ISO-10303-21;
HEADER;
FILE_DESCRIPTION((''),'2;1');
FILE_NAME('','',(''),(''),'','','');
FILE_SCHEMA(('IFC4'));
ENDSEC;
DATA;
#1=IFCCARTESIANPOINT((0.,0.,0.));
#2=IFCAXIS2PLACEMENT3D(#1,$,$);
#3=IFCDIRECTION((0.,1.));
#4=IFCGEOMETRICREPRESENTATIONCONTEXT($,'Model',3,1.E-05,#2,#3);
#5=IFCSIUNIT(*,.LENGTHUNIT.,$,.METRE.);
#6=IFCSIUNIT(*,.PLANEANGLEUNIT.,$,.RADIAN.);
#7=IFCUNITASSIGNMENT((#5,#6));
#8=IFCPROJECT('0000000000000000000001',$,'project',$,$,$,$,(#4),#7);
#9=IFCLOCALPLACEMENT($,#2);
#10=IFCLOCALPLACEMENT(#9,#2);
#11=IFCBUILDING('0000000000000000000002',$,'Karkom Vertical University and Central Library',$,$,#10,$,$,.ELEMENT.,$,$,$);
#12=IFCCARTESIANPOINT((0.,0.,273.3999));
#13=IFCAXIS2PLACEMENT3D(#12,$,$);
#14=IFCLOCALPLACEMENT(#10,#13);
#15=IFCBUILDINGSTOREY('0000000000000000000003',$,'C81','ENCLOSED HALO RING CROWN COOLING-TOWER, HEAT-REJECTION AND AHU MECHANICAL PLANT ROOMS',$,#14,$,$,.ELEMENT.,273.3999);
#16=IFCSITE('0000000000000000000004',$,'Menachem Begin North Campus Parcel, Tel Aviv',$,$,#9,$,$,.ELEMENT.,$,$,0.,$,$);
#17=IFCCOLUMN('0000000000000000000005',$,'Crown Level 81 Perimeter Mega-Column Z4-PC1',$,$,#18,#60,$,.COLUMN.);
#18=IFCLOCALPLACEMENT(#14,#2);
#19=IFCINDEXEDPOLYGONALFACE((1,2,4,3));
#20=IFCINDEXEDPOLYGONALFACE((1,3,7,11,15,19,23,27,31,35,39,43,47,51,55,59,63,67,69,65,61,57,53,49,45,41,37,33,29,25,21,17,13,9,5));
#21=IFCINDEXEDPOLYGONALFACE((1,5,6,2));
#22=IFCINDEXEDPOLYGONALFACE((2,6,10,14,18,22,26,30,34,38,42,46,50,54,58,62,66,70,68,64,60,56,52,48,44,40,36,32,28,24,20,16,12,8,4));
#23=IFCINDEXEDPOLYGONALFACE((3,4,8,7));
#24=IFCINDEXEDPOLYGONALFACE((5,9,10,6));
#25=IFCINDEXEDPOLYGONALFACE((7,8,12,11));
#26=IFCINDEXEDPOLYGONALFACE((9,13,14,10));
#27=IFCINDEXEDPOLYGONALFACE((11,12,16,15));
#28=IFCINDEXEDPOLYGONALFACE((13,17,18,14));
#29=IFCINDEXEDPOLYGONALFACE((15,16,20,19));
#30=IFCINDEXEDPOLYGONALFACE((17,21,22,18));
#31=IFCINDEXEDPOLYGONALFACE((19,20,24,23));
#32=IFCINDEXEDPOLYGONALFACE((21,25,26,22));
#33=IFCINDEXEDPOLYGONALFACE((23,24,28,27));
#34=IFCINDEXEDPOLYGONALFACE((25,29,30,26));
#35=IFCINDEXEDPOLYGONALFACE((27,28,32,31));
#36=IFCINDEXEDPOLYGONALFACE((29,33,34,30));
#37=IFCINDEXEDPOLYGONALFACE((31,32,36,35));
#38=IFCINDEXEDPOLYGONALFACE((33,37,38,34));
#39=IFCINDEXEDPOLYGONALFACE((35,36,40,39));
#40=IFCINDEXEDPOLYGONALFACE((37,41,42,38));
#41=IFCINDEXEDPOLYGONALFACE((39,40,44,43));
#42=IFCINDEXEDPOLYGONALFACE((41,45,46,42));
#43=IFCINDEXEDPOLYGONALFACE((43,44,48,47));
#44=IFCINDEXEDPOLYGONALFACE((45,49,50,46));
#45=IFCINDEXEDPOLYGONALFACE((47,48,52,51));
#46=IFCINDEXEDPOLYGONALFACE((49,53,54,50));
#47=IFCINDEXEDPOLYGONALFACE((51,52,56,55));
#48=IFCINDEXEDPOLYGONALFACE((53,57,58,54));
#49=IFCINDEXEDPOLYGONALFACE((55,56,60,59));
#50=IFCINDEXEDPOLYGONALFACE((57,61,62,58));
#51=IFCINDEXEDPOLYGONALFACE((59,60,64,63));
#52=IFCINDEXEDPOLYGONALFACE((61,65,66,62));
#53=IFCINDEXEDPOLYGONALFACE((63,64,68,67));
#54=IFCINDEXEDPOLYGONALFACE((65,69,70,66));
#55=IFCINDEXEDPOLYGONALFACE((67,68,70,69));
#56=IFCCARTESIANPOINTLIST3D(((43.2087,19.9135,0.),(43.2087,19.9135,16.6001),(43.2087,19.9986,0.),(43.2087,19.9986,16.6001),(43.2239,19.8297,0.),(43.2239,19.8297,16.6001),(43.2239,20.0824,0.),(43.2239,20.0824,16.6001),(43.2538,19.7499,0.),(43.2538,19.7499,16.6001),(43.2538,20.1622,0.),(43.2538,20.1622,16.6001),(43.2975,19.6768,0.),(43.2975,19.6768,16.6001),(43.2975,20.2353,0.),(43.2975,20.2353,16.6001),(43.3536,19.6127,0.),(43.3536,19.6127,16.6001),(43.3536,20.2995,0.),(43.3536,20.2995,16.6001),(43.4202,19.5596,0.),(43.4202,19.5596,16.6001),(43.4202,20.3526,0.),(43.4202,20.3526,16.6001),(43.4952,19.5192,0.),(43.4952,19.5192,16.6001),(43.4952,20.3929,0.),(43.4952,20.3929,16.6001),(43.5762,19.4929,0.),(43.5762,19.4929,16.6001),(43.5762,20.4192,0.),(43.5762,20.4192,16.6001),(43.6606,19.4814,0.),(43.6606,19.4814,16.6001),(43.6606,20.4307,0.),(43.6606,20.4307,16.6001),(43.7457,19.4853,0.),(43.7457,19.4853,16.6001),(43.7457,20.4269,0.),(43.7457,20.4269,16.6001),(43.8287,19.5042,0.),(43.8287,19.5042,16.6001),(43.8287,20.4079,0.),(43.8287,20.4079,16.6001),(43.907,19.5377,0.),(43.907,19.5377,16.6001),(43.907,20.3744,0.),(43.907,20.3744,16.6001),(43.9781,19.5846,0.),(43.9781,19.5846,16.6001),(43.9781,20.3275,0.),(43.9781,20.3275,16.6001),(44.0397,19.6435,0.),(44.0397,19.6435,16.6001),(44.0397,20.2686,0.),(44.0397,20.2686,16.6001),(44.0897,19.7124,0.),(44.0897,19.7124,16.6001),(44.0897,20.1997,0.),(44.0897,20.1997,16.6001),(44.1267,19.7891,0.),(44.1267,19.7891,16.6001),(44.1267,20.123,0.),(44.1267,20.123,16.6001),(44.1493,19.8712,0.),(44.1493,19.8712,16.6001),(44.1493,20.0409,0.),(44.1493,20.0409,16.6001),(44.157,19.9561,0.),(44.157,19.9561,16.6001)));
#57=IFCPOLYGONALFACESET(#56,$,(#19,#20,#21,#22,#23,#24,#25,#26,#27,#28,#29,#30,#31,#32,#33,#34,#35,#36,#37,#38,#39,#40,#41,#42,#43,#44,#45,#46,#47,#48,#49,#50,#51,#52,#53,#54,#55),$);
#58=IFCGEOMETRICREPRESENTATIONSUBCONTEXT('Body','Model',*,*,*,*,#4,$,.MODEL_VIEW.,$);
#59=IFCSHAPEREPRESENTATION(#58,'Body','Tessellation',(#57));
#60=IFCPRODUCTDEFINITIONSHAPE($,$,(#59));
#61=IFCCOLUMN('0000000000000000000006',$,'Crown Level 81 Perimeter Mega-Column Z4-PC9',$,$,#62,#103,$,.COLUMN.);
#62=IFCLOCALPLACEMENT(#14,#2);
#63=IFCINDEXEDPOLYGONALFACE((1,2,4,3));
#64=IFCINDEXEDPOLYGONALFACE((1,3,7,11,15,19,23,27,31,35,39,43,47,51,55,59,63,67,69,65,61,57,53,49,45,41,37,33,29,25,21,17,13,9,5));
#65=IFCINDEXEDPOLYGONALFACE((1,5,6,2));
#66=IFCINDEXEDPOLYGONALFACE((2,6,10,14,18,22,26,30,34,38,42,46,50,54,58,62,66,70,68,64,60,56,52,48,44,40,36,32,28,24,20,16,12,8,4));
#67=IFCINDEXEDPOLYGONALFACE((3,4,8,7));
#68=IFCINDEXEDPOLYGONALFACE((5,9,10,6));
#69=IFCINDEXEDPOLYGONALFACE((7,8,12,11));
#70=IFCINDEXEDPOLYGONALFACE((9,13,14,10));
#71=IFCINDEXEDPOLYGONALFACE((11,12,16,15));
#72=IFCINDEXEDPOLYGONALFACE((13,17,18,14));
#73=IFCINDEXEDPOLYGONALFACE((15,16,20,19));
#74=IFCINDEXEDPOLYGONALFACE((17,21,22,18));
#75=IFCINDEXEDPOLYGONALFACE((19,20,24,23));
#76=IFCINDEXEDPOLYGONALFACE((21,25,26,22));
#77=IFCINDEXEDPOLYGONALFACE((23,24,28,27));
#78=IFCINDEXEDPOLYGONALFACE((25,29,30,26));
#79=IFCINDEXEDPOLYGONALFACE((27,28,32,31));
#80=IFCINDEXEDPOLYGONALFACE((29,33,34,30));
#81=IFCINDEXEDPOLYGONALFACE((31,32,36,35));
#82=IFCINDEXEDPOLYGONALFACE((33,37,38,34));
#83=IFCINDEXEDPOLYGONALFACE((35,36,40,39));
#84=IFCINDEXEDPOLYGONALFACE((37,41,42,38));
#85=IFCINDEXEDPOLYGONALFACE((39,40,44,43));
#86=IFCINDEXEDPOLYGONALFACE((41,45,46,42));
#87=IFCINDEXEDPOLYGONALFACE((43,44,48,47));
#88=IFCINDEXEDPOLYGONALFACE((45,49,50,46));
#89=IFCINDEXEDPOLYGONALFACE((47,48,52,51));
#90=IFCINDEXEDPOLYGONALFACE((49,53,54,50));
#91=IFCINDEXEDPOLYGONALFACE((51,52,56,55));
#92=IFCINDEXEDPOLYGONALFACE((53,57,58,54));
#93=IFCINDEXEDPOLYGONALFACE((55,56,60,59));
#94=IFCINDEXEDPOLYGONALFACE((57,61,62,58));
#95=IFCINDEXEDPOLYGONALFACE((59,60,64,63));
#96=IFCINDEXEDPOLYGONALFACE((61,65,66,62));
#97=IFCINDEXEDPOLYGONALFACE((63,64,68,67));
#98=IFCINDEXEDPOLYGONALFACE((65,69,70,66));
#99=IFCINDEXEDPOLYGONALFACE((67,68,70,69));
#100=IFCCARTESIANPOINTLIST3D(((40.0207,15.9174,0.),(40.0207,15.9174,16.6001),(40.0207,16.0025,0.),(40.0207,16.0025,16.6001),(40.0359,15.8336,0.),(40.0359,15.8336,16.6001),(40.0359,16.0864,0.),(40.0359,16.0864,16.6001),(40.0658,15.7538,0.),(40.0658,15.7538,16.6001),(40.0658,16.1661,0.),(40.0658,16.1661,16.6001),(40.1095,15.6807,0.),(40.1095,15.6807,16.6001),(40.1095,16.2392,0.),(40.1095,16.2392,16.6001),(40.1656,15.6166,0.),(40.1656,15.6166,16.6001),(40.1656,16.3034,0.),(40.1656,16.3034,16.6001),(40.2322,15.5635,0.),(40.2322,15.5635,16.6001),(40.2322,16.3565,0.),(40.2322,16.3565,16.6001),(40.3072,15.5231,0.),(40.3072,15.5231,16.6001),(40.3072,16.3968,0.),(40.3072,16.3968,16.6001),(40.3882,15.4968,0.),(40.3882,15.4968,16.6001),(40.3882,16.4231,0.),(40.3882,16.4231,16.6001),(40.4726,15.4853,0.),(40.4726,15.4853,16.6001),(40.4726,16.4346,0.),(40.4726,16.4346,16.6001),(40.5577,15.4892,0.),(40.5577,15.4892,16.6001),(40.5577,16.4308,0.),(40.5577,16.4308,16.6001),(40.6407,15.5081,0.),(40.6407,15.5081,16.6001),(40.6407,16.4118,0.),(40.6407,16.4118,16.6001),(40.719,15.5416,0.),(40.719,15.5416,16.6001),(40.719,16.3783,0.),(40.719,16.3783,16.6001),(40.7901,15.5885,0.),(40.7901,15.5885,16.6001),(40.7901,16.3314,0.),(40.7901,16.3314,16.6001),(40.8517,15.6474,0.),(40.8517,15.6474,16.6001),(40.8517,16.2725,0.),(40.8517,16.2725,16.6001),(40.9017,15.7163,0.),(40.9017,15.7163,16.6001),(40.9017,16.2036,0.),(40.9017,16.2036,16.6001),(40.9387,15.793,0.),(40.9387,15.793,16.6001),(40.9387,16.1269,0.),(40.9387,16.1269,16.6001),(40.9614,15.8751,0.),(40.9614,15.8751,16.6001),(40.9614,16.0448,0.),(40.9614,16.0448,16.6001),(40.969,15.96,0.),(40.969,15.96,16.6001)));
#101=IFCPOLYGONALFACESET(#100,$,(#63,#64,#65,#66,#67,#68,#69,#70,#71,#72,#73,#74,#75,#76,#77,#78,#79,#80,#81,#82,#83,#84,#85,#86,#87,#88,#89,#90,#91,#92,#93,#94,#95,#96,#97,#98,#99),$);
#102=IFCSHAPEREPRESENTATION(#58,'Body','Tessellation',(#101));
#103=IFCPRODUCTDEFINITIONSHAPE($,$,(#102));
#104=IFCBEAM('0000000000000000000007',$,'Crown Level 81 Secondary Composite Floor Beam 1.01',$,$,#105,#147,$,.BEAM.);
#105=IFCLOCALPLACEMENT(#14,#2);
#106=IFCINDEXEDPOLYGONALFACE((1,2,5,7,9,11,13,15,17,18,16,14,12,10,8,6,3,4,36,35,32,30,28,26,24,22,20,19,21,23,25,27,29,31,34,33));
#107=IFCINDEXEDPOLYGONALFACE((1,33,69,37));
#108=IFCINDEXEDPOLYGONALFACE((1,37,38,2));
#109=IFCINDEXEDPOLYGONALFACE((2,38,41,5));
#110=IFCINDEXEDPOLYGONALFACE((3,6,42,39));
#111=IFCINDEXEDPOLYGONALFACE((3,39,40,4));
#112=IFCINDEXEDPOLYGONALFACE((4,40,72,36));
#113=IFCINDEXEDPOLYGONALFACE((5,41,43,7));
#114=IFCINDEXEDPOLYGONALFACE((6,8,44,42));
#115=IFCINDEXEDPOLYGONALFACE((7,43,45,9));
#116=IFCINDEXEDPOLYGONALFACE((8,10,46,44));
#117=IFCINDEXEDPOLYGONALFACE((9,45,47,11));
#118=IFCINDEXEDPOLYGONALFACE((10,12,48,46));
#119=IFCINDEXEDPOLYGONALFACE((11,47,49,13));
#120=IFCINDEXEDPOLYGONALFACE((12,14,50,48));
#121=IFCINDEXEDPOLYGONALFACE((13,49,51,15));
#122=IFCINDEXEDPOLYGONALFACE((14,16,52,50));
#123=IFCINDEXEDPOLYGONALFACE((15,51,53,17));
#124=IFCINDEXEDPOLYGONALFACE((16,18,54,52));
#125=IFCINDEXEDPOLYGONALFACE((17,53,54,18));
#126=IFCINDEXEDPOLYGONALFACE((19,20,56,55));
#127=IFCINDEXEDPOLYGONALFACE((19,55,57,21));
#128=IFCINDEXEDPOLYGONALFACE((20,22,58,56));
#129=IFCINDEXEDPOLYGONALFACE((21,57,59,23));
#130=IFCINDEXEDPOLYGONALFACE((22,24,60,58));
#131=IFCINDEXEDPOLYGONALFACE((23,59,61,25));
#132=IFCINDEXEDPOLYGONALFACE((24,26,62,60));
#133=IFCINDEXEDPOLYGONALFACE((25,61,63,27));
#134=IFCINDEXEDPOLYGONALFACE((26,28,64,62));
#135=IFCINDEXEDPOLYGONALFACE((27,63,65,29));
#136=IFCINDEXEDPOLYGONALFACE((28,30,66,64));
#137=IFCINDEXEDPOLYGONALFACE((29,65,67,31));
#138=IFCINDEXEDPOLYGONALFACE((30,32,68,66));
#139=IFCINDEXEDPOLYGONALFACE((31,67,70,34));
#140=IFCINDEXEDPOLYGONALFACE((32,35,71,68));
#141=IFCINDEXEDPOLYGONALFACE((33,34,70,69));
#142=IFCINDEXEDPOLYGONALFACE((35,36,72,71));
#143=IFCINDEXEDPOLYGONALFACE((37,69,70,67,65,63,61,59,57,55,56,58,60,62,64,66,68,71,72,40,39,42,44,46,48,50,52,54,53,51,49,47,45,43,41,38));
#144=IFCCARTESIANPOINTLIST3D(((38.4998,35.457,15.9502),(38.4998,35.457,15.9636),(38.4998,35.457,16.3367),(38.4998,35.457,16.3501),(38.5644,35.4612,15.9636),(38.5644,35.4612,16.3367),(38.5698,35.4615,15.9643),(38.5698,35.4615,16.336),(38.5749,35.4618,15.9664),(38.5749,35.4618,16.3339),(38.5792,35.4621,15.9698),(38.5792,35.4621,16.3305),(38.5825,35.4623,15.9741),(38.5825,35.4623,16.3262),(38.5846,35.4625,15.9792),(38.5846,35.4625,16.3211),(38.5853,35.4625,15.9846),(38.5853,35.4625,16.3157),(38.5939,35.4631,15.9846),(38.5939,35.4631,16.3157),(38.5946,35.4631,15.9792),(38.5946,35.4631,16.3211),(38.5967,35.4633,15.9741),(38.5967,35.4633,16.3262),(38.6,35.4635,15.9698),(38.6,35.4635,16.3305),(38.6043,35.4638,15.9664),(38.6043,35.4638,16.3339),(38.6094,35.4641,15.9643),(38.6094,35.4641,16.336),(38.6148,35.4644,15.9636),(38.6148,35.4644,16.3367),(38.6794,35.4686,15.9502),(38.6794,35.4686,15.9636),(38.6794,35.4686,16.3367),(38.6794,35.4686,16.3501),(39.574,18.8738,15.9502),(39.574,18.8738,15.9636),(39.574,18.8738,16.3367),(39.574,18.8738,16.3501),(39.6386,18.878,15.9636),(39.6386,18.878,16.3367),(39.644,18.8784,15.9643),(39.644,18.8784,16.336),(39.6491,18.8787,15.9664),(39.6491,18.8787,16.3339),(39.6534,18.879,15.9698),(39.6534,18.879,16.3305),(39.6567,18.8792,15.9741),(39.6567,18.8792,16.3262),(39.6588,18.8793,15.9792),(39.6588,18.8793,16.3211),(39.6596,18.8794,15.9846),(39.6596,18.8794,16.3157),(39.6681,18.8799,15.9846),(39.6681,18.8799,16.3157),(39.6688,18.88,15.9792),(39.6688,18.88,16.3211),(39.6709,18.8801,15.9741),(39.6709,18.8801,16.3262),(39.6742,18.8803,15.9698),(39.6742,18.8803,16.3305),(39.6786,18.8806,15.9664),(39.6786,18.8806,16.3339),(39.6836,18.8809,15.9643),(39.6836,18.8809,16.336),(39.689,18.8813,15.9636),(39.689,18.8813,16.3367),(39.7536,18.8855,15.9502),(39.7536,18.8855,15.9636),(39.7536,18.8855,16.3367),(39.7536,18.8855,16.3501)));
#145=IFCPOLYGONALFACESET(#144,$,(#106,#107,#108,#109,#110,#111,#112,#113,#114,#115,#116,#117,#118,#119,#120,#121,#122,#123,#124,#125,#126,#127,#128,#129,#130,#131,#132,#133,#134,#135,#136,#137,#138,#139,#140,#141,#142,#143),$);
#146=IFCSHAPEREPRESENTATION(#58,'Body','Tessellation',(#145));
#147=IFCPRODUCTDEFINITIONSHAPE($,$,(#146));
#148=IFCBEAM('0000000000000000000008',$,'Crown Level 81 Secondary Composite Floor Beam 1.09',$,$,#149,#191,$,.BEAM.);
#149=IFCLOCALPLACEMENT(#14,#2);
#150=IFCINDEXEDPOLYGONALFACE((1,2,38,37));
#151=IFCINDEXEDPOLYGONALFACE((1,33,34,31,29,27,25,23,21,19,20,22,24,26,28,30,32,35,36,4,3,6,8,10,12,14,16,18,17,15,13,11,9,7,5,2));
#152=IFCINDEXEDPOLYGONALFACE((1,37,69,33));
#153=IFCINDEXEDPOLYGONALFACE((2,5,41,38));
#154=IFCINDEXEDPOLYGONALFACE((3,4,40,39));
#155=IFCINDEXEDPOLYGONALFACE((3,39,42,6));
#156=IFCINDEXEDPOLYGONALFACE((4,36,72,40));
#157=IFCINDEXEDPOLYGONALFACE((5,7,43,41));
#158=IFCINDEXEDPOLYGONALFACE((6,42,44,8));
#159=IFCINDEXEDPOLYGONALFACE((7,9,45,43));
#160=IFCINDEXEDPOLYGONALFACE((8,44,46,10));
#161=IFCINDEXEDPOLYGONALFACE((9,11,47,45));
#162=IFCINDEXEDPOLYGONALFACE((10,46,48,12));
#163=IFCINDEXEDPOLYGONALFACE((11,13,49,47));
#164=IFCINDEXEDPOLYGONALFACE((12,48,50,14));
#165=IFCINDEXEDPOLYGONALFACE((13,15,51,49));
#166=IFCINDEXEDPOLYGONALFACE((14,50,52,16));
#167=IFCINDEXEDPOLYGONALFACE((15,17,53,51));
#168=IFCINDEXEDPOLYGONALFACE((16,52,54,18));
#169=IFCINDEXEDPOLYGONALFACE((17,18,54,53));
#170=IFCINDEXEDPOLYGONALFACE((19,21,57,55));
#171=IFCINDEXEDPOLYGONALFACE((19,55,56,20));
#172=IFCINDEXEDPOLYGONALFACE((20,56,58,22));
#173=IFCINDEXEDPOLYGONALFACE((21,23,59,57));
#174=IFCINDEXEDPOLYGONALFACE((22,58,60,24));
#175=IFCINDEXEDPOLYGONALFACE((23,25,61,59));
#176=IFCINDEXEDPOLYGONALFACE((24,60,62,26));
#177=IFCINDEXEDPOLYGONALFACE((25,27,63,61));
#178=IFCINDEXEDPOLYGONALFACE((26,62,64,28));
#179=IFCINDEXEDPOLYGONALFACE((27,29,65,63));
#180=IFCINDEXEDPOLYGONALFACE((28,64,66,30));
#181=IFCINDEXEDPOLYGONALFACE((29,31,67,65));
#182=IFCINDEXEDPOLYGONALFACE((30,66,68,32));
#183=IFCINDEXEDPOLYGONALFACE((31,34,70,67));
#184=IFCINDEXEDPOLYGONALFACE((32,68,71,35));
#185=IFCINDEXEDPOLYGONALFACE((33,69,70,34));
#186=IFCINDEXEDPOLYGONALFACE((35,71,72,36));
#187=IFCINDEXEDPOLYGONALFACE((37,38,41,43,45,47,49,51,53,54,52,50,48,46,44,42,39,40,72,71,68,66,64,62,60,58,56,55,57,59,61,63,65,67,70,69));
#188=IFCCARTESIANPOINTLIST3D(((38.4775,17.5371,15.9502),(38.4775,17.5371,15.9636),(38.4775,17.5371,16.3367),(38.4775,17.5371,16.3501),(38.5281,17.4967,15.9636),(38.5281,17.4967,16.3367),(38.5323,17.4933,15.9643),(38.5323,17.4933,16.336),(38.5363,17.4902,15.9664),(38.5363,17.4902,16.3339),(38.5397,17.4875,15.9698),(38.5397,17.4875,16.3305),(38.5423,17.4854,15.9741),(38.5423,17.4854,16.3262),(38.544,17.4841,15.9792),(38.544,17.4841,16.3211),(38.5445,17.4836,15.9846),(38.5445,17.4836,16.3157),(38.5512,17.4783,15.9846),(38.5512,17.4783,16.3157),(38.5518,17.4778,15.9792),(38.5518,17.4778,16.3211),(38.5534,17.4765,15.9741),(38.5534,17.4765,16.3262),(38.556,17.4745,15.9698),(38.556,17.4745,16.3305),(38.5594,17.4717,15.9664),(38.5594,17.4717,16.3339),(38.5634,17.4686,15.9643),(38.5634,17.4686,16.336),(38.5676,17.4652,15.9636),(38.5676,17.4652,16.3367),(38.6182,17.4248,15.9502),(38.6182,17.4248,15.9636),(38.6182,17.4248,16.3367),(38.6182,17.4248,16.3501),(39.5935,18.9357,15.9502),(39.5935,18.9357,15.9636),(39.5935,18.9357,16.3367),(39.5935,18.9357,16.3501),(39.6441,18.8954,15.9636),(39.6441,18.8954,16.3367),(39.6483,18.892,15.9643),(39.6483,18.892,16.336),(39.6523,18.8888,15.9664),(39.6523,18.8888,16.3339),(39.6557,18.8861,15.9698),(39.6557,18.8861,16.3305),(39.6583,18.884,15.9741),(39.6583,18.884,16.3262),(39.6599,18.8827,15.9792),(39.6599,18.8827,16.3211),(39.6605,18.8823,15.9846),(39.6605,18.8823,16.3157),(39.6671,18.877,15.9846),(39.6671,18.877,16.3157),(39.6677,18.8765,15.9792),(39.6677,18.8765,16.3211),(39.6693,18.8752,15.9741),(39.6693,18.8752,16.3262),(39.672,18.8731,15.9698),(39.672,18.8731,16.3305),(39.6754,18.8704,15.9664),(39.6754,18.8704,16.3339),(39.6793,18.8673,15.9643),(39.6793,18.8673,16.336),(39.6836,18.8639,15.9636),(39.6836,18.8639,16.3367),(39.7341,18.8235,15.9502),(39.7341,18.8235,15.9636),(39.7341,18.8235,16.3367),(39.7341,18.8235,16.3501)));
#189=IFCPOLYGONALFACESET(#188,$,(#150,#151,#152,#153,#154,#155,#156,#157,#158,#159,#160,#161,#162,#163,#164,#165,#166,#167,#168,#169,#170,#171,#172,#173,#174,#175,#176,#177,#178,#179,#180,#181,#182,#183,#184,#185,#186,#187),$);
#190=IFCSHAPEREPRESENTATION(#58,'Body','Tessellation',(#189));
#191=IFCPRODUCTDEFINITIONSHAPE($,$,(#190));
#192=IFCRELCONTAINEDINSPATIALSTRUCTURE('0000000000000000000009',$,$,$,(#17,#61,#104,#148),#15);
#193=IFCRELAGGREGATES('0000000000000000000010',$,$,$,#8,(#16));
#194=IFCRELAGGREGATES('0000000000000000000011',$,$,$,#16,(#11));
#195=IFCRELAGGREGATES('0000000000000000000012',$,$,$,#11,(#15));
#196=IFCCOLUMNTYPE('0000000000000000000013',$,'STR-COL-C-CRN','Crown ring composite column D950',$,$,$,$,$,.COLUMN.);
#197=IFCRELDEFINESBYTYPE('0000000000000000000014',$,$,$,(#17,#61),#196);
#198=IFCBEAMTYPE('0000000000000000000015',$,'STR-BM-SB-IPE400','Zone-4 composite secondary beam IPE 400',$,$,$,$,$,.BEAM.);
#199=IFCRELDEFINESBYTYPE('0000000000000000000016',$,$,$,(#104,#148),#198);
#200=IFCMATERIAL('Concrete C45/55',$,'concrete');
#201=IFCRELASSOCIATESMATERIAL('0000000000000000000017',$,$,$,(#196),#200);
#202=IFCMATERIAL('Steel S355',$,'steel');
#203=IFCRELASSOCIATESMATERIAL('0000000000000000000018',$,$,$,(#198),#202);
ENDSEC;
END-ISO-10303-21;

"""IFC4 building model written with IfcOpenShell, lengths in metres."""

from ifc_helpers import new_model, si_unit, direction, frame, origin, origin_with_axes, origin_2d, place, context, subcontext, project, spatial, circle, i_section, extrude, source, transform, mapped, material, material_profile, profile_set, type_object, element, save


model = new_model("IFC4")

# Units and contexts
model_context = context("Model", 3, precision=1e-05, world=origin(), true_north=direction((0.0, 1.0)))
body_context = subcontext(model_context, "Body", "Model", "MODEL_VIEW")
ifc_project = project(units=[si_unit("LENGTHUNIT", "METRE"), si_unit("PLANEANGLEUNIT", "RADIAN")], contexts=[model_context])

# Site, building, storey
site_placement = place(None, origin())
site = spatial("IfcSite", under=ifc_project, at=site_placement, Name="Menachem Begin North Campus Parcel, Tel Aviv", CompositionType="ELEMENT", RefElevation=0.0)
building_placement = place(site_placement, origin())
building = spatial("IfcBuilding", under=site, at=building_placement, Name="Karkom Vertical University and Central Library", CompositionType="ELEMENT")
storey_placement = place(building_placement, frame((0.0, 0.0, 273.3999)))
storey = spatial("IfcBuildingStorey", under=building, at=storey_placement, Name="C81", Description="ENCLOSED HALO RING CROWN COOLING-TOWER, HEAT-REJECTION AND AHU MECHANICAL PLANT ROOMS", CompositionType="ELEMENT", Elevation=273.3999)

# Columns
ifc_material_1 = material(Name="Concrete C45/55", Category="concrete")
ifc_material_profile_1 = material_profile(ifc_material_1, circle(Radius=0.4751, at=origin_2d()), Name="CFT-D950")
ifc_profile_set_1 = profile_set([ifc_material_profile_1], Name="Concrete C45/55")
column_type = type_object("IfcColumnType", Name="STR-COL-C-CRN", Description="Crown ring composite column D950", PredefinedType="COLUMN", material=ifc_profile_set_1)
shared_shape_1 = source(origin_with_axes(), body_context, "Body", "SweptSolid", [
    extrude(circle(Radius=0.4751, at=origin_2d()), origin(), (0.0, 0.0, 1.0), 16.6001),
])
for number, where, z_axis, x_axis, name in (
    (1, (43.6819, 19.9561, 0.0), (0.0, 0.0, 1.0), (1.0, 0.0, 0.0), "Crown Level 81 Perimeter Mega-Column Z4-PC1"),
    (2, (40.4939, 15.96, 0.0), (0.0, 0.0, 1.0), (1.0, 0.0, 0.0), "Crown Level 81 Perimeter Mega-Column Z4-PC9"),
):
    element("IfcColumn", number, at=place(storey_placement, frame(where, z_axis=z_axis, x_axis=x_axis)), inside=storey, type_object=column_type, Name=name, PredefinedType="COLUMN", context=body_context, shape_type="MappedRepresentation", body=[
        mapped(shared_shape_1, transform((0.0, 0.0, 0.0), scale=1.0)),
    ])

# Beams
ifc_material_2 = material(Name="Steel S355", Category="steel")
ifc_material_profile_2 = material_profile(ifc_material_2, i_section(OverallWidth=0.1799, OverallDepth=0.3999, WebThickness=0.0085, FlangeThickness=0.0134, FilletRadius=0.021, at=origin_2d()), Name="IPE 400")
ifc_profile_set_2 = profile_set([ifc_material_profile_2], Name="Steel S355")
beam_type_1 = type_object("IfcBeamType", Name="STR-BM-SB-IPE400", Description="Zone-4 composite secondary beam IPE 400", PredefinedType="BEAM", material=ifc_profile_set_2)
shared_shape_2 = source(origin_with_axes(), body_context, "Body", "SweptSolid", [
    extrude(i_section(OverallWidth=0.1799, OverallDepth=0.3999, WebThickness=0.0085, FlangeThickness=0.0134, FilletRadius=0.021, at=origin_2d()), origin(), (0.0, 0.0, 1.0), 16.6179),
])
beam_1_placement = place(storey_placement, frame((39.6638, 18.8796, 16.1501), z_axis=(-0.064642, 0.997909, 0.0), x_axis=(-0.997909, -0.064642, 0.0)))
element("IfcBeam", 3, at=beam_1_placement, inside=storey, type_object=beam_type_1, Name="Crown Level 81 Secondary Composite Floor Beam 1.01", PredefinedType="BEAM", context=body_context, shape_type="MappedRepresentation", body=[
    mapped(shared_shape_2, transform((0.0, 0.0, 0.0), scale=1.0)),
])
shared_shape_3 = source(origin_with_axes(), body_context, "Body", "SweptSolid", [
    extrude(i_section(OverallWidth=0.1799, OverallDepth=0.3999, WebThickness=0.0085, FlangeThickness=0.0134, FilletRadius=0.021, at=origin_2d()), origin(), (0.0, 0.0, 1.0), 1.7893),
])
beam_2_placement = place(storey_placement, frame((38.5479, 17.481, 16.1501), z_axis=(0.62368, 0.78168, 0.0), x_axis=(-0.78168, 0.62368, 0.0)))
element("IfcBeam", 4, at=beam_2_placement, inside=storey, type_object=beam_type_1, Name="Crown Level 81 Secondary Composite Floor Beam 1.09", PredefinedType="BEAM", context=body_context, shape_type="MappedRepresentation", body=[
    mapped(shared_shape_3, transform((0.0, 0.0, 0.0), scale=1.0)),
])

save(model, "model.ifc")
